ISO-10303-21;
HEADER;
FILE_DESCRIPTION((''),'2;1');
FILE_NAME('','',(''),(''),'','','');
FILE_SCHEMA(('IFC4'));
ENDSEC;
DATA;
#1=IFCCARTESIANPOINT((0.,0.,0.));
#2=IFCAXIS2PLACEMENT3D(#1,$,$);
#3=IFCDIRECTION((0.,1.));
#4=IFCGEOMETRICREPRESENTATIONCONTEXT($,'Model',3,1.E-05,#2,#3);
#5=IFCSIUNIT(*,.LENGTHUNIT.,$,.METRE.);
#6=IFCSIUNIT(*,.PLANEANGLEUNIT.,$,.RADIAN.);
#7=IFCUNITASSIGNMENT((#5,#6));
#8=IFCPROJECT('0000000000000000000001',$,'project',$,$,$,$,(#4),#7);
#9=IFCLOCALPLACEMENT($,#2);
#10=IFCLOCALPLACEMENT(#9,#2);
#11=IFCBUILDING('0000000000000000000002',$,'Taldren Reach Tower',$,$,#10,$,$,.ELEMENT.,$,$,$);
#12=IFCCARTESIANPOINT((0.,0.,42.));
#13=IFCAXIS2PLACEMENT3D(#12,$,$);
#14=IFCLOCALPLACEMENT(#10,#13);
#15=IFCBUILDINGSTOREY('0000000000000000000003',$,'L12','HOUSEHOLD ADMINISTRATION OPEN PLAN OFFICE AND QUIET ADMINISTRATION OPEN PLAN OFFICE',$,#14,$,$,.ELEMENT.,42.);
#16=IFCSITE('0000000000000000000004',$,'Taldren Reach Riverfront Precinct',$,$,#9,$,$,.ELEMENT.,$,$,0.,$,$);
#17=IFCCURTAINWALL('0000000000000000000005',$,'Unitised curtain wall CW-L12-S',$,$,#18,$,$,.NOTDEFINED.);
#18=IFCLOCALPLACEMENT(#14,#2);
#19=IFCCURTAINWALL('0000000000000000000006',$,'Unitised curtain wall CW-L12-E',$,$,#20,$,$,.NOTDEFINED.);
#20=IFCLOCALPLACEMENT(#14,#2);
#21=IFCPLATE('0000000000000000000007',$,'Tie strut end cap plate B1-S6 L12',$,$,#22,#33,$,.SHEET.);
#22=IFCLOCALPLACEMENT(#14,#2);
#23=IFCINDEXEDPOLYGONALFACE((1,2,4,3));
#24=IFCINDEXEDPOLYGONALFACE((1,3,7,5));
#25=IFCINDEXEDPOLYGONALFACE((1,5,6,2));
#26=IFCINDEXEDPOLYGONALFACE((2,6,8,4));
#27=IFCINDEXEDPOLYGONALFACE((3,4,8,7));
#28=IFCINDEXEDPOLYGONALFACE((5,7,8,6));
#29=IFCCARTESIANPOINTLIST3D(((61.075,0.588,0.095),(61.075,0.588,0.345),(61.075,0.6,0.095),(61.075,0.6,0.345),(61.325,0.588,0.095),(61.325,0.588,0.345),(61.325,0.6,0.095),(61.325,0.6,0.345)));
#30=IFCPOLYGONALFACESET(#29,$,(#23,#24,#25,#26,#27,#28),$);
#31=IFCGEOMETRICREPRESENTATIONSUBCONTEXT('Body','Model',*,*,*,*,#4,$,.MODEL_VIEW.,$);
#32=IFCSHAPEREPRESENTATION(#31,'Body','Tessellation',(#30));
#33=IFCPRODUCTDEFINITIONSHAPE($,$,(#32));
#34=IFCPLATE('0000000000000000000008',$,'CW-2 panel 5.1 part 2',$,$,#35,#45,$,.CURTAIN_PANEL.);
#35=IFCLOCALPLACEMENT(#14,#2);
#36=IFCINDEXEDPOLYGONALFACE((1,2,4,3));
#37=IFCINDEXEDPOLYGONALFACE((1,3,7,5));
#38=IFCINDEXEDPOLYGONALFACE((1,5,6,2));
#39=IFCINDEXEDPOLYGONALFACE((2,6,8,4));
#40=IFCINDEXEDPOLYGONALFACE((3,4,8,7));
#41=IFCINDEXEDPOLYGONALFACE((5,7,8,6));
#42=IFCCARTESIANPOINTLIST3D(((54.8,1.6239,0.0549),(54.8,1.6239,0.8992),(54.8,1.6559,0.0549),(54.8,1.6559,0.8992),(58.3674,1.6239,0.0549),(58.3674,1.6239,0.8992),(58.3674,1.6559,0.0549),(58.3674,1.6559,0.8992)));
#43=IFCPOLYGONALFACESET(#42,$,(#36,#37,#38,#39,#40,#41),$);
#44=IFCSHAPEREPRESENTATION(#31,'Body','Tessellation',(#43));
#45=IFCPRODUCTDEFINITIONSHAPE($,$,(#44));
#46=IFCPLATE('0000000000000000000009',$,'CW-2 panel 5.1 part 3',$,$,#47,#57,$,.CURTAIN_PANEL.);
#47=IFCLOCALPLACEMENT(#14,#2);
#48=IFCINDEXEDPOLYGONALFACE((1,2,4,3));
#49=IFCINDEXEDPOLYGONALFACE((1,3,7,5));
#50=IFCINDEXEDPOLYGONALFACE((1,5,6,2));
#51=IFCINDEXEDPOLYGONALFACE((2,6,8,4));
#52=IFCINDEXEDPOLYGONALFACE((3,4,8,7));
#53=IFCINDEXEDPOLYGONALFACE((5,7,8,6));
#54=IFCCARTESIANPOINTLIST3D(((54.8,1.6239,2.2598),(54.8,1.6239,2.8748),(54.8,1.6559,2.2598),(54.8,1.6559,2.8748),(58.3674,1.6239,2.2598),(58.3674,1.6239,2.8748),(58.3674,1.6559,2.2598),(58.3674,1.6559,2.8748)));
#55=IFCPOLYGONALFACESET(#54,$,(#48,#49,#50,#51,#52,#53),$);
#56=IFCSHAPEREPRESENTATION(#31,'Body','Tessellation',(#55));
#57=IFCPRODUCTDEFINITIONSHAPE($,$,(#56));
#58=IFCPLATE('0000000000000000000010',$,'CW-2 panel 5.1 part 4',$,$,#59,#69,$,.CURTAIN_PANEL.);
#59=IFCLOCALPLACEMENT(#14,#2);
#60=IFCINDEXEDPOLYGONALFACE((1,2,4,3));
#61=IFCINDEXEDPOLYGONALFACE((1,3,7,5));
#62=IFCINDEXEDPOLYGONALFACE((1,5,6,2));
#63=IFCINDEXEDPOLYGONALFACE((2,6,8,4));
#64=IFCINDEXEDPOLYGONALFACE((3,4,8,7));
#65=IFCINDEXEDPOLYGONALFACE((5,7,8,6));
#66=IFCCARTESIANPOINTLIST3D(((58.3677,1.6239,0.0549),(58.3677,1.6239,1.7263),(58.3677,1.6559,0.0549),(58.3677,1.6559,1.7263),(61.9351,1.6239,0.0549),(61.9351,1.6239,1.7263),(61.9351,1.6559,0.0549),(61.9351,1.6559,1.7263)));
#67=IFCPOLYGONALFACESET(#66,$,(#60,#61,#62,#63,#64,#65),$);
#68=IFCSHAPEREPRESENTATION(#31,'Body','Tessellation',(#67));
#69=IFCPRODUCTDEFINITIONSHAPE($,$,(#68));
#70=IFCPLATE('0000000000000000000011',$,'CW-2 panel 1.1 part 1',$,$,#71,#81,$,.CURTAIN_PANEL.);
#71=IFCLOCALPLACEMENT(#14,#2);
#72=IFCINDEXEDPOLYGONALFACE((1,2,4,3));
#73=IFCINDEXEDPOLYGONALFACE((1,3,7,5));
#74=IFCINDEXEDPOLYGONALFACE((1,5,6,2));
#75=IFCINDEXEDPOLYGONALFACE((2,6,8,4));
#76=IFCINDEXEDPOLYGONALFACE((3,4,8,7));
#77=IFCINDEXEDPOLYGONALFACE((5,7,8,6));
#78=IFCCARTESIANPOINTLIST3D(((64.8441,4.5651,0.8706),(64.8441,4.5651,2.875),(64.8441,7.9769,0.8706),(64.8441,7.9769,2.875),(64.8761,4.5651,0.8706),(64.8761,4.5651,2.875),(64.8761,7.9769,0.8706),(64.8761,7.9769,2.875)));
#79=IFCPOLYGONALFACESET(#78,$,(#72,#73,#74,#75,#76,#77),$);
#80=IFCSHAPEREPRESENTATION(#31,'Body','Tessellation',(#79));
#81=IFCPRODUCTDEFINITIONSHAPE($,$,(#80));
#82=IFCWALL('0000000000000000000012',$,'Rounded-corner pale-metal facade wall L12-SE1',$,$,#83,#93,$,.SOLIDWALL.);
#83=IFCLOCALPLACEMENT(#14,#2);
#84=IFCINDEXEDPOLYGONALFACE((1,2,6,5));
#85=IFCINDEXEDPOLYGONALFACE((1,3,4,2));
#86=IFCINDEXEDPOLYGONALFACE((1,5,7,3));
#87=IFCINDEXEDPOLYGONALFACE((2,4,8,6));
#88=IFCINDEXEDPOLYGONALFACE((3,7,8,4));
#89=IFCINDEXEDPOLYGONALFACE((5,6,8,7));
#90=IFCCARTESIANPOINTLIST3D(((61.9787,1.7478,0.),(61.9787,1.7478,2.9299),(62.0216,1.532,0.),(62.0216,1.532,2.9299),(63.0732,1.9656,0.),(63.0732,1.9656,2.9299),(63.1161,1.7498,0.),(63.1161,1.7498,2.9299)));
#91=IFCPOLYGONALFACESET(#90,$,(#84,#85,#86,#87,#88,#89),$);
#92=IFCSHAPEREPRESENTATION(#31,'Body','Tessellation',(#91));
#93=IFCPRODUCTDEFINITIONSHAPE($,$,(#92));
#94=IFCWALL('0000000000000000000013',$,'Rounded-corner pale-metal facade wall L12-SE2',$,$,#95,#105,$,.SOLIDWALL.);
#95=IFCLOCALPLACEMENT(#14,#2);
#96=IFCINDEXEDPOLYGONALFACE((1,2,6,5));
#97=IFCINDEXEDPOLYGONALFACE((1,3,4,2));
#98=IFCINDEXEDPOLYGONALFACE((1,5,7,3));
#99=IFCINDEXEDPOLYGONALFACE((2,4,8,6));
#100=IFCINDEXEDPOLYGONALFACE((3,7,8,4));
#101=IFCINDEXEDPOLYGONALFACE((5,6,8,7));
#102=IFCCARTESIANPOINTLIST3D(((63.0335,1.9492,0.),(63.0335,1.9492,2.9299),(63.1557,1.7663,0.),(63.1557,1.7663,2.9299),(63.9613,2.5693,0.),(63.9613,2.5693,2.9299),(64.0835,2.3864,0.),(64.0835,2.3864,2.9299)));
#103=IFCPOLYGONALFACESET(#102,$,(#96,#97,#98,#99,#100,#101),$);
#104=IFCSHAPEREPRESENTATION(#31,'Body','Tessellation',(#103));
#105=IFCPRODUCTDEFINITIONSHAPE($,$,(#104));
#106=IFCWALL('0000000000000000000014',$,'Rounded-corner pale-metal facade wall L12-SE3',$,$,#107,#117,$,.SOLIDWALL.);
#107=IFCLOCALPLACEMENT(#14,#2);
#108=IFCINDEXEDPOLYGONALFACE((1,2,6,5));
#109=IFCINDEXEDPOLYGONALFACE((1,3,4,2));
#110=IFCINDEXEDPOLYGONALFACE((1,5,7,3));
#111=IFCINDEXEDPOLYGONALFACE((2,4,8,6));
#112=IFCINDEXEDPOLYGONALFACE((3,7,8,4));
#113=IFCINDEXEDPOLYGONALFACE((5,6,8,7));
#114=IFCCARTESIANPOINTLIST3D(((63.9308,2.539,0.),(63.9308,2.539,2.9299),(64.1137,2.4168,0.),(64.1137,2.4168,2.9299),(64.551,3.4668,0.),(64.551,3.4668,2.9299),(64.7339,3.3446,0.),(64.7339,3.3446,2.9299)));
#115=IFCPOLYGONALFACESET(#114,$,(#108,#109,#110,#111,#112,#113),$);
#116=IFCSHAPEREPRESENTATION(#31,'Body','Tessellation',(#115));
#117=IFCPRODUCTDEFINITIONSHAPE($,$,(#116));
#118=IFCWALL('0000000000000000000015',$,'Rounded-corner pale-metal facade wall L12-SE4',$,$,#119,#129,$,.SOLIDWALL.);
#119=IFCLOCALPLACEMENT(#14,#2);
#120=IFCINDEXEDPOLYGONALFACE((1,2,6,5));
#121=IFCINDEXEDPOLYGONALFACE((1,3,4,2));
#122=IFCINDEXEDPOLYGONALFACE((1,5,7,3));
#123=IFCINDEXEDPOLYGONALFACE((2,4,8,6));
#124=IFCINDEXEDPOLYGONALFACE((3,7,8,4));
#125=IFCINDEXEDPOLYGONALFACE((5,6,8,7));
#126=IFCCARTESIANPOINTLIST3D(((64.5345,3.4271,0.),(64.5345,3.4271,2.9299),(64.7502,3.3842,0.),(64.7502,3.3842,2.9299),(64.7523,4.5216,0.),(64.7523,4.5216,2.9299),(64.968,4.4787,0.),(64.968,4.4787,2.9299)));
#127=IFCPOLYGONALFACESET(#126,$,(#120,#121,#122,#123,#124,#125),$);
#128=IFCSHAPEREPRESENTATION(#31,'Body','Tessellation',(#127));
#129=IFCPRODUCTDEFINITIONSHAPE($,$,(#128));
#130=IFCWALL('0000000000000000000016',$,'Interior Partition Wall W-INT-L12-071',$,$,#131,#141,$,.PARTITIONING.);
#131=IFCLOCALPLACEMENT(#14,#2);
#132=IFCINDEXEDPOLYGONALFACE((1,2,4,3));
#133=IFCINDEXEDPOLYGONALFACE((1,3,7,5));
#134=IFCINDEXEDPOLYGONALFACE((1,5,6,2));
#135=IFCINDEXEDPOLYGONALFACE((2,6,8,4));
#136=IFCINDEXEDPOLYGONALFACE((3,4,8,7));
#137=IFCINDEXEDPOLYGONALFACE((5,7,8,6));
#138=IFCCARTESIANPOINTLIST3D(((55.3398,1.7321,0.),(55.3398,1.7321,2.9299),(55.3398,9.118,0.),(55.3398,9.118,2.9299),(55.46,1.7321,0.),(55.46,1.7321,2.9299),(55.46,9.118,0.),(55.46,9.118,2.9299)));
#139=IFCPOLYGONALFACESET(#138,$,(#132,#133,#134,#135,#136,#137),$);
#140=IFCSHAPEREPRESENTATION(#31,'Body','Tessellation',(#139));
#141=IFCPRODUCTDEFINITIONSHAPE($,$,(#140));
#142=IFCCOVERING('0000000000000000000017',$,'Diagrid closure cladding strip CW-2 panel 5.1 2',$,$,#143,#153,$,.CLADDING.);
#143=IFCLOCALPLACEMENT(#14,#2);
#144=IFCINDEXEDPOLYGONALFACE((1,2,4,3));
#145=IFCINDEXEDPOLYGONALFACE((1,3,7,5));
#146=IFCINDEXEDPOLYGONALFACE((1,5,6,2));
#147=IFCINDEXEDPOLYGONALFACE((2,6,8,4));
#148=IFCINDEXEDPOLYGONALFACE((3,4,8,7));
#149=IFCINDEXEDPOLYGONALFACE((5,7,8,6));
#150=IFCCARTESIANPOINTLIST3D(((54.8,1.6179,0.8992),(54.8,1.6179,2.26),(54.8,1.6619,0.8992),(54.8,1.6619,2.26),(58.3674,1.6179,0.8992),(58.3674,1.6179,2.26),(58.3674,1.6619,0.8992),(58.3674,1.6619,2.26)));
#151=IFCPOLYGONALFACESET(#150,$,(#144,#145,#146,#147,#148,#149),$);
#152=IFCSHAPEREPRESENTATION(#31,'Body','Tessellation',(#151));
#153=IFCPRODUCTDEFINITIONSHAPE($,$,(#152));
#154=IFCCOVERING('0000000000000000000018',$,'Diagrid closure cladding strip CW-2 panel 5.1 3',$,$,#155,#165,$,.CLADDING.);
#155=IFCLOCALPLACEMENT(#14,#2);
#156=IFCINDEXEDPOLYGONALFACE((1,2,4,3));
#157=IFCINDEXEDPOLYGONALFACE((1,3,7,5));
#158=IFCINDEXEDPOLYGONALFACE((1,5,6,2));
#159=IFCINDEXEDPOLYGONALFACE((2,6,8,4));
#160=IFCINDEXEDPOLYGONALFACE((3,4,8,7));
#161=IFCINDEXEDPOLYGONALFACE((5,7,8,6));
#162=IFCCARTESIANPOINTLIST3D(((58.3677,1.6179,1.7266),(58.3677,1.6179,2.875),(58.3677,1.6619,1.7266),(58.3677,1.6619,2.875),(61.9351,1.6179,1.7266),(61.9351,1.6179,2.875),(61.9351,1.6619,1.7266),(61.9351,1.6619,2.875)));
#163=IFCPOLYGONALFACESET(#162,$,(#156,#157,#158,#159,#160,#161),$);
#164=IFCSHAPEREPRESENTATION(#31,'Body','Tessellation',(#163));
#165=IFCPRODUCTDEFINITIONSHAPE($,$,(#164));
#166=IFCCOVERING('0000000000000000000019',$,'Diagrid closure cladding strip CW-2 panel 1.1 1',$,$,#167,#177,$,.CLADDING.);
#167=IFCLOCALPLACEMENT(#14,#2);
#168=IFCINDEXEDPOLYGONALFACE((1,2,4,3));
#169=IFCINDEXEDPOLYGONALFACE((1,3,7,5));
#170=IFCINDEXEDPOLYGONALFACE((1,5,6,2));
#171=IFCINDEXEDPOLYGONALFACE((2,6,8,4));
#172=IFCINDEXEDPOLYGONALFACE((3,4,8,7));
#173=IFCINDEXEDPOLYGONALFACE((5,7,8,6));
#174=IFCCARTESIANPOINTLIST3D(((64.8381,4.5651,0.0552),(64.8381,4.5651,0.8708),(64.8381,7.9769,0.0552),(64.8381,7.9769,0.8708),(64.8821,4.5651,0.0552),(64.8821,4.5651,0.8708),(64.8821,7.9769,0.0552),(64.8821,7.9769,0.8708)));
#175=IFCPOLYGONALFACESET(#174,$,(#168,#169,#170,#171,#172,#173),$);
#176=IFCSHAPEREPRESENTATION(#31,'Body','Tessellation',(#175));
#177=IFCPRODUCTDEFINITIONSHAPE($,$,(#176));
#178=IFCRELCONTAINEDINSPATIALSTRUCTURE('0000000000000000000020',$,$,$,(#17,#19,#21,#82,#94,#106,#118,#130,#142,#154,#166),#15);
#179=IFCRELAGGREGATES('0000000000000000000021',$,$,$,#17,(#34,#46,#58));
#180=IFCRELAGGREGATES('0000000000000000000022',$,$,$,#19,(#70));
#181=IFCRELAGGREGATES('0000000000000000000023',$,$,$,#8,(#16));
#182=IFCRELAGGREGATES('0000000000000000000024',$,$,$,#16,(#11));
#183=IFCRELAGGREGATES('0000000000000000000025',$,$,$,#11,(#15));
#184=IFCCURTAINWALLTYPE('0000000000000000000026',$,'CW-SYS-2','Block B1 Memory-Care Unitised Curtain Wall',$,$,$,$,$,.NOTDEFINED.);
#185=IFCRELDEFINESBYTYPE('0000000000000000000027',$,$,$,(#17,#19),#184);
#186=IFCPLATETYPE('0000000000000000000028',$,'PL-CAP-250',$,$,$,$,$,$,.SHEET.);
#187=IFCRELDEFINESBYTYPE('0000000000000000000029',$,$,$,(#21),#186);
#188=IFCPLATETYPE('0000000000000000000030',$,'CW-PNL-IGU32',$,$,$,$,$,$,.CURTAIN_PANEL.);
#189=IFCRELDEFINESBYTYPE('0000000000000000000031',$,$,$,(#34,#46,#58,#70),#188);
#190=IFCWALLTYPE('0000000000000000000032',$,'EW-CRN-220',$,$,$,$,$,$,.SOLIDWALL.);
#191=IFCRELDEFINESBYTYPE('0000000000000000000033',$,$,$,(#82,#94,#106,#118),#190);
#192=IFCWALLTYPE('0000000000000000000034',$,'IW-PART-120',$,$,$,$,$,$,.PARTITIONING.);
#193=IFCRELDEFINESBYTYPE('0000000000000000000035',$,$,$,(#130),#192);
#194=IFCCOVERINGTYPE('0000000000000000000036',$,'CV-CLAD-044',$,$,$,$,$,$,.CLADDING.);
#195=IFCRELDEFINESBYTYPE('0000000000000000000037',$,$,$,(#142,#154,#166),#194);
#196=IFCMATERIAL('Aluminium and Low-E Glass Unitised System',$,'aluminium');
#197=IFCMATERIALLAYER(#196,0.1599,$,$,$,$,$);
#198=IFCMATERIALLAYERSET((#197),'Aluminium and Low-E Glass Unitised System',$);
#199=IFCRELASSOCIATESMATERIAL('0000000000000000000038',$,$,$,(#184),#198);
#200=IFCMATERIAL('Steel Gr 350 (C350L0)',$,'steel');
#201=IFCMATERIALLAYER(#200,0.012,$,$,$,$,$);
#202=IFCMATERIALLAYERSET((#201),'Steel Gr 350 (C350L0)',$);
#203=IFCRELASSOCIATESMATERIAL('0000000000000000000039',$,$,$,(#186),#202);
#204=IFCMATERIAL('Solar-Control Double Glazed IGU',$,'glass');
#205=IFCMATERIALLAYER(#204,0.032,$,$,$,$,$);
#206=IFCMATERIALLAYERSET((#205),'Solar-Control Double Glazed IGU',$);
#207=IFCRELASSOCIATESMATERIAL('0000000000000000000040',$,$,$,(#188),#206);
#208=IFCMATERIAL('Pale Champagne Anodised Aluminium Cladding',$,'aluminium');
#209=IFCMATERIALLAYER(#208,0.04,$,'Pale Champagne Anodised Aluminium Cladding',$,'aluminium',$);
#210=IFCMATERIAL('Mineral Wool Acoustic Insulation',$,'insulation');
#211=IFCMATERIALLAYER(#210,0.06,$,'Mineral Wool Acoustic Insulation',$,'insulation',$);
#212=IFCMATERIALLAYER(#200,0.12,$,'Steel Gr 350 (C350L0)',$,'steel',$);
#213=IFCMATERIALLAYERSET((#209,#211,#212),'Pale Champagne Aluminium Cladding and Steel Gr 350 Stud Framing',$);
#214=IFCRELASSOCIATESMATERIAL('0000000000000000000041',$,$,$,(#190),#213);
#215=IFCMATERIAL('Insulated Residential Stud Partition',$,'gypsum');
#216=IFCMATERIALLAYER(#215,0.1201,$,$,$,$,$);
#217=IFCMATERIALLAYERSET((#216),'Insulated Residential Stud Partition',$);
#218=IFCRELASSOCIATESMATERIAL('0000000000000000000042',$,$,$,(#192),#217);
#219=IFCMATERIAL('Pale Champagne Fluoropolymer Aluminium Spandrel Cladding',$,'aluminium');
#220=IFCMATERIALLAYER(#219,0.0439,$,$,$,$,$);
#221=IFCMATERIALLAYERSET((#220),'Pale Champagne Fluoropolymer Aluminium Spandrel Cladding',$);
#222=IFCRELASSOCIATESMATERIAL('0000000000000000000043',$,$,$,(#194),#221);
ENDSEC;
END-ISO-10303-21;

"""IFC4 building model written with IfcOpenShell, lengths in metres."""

from ifc_helpers import new_model, si_unit, direction, frame, frame_2d, origin, origin_2d, place, context, subcontext, project, spatial, rectangle, extrude, source, transform, mapped, material, layer, layer_set, type_object, element, aggregate, save


model = new_model("IFC4")

# Units and contexts
model_context = context("Model", 3, precision=1e-05, world=origin(), true_north=direction((0.0, 1.0)))
body_context = subcontext(model_context, "Body", "Model", "MODEL_VIEW")
ifc_project = project(units=[si_unit("LENGTHUNIT", "METRE"), si_unit("PLANEANGLEUNIT", "RADIAN")], contexts=[model_context])

# Site, building, storey
site_placement = place(None, origin())
site = spatial("IfcSite", under=ifc_project, at=site_placement, Name="Taldren Reach Riverfront Precinct", CompositionType="ELEMENT", RefElevation=0.0)
building_placement = place(site_placement, origin())
building = spatial("IfcBuilding", under=site, at=building_placement, Name="Taldren Reach Tower", CompositionType="ELEMENT")
storey_placement = place(building_placement, frame((0.0, 0.0, 42.0)))
storey = spatial("IfcBuildingStorey", under=building, at=storey_placement, Name="L12", Description="HOUSEHOLD ADMINISTRATION OPEN PLAN OFFICE AND QUIET ADMINISTRATION OPEN PLAN OFFICE", CompositionType="ELEMENT", Elevation=42.0)

# Shared definitions
ifc_material_1 = material(Name="Steel Gr 350 (C350L0)", Category="steel")

# Curtain wall
ifc_material_2 = material(Name="Aluminium and Low-E Glass Unitised System", Category="aluminium")
ifc_layer_1 = layer(ifc_material_2, 0.1599)
ifc_layer_set_1 = layer_set([ifc_layer_1], Name="Aluminium and Low-E Glass Unitised System")
curtain_wall_type = type_object("IfcCurtainWallType", Name="CW-SYS-2", Description="Block B1 Memory-Care Unitised Curtain Wall", PredefinedType="NOTDEFINED", material=ifc_layer_set_1)
curtain_wall_1_placement = place(storey_placement, origin())
curtain_wall_1 = element("IfcCurtainWall", 1, at=curtain_wall_1_placement, inside=storey, type_object=curtain_wall_type, Name="Unitised curtain wall CW-L12-S", PredefinedType="NOTDEFINED")

# Curtain wall
curtain_wall_2_placement = place(storey_placement, origin())
curtain_wall_2 = element("IfcCurtainWall", 2, at=curtain_wall_2_placement, inside=storey, type_object=curtain_wall_type, Name="Unitised curtain wall CW-L12-E", PredefinedType="NOTDEFINED")

# Plate
ifc_layer_2 = layer(ifc_material_1, 0.012)
ifc_layer_set_2 = layer_set([ifc_layer_2], Name="Steel Gr 350 (C350L0)")
plate_type_1 = type_object("IfcPlateType", Name="PL-CAP-250", PredefinedType="SHEET", material=ifc_layer_set_2)
shared_shape_1 = source(origin(), body_context, "Body", "SweptSolid", [
    extrude(rectangle(XDim=0.25, YDim=0.012, at=origin_2d()), origin(), (0.0, 0.0, 1.0), 0.25),
])
plate_1_placement = place(storey_placement, frame((61.2, 0.594, 0.095), z_axis=(0.0, 0.0, 1.0), x_axis=(1.0, 0.0, 0.0)))
element("IfcPlate", 3, at=plate_1_placement, inside=storey, type_object=plate_type_1, Name="Tie strut end cap plate B1-S6 L12", PredefinedType="SHEET", context=body_context, shape_type="MappedRepresentation", body=[
    mapped(shared_shape_1, transform((0.0, 0.0, 0.0), scale=1.0)),
])

# Plates
ifc_material_3 = material(Name="Solar-Control Double Glazed IGU", Category="glass")
ifc_layer_3 = layer(ifc_material_3, 0.032)
ifc_layer_set_3 = layer_set([ifc_layer_3], Name="Solar-Control Double Glazed IGU")
plate_type_2 = type_object("IfcPlateType", Name="CW-PNL-IGU32", PredefinedType="CURTAIN_PANEL", material=ifc_layer_set_3)
shared_shape_2 = source(origin(), body_context, "Body", "SweptSolid", [
    extrude(rectangle(XDim=3.5674, YDim=0.032, at=origin_2d()), origin(), (0.0, 0.0, 1.0), 0.8442),
])
plate_2_placement = place(storey_placement, frame((56.5837, 1.6399, 0.0549), z_axis=(0.0, 0.0, 1.0), x_axis=(1.0, 0.0, 0.0)))
plate_2 = element("IfcPlate", 4, at=plate_2_placement, type_object=plate_type_2, Name="CW-2 panel 5.1 part 2", PredefinedType="CURTAIN_PANEL", context=body_context, shape_type="MappedRepresentation", body=[
    mapped(shared_shape_2, transform((0.0, 0.0, 0.0), scale=1.0)),
])
shared_shape_3 = source(origin(), body_context, "Body", "SweptSolid", [
    extrude(rectangle(XDim=3.5674, YDim=0.032, at=origin_2d()), origin(), (0.0, 0.0, 1.0), 0.615),
])
plate_3_placement = place(storey_placement, frame((56.5837, 1.6399, 2.2598), z_axis=(0.0, 0.0, 1.0), x_axis=(1.0, 0.0, 0.0)))
plate_3 = element("IfcPlate", 5, at=plate_3_placement, type_object=plate_type_2, Name="CW-2 panel 5.1 part 3", PredefinedType="CURTAIN_PANEL", context=body_context, shape_type="MappedRepresentation", body=[
    mapped(shared_shape_3, transform((0.0, 0.0, 0.0), scale=1.0)),
])
shared_shape_4 = source(origin(), body_context, "Body", "SweptSolid", [
    extrude(rectangle(XDim=3.5674, YDim=0.032, at=origin_2d()), origin(), (0.0, 0.0, 1.0), 1.6714),
])
plate_4_placement = place(storey_placement, frame((60.1514, 1.6399, 0.0549), z_axis=(0.0, 0.0, 1.0), x_axis=(1.0, 0.0, 0.0)))
plate_4 = element("IfcPlate", 6, at=plate_4_placement, type_object=plate_type_2, Name="CW-2 panel 5.1 part 4", PredefinedType="CURTAIN_PANEL", context=body_context, shape_type="MappedRepresentation", body=[
    mapped(shared_shape_4, transform((0.0, 0.0, 0.0), scale=1.0)),
])
aggregate(curtain_wall_1, [plate_2, plate_3, plate_4])
shared_shape_5 = source(origin(), body_context, "Body", "SweptSolid", [
    extrude(rectangle(XDim=3.4119, YDim=0.032, at=origin_2d()), origin(), (0.0, 0.0, 1.0), 2.0044),
])
plate_5_placement = place(storey_placement, frame((64.8601, 6.271, 0.8706), z_axis=(0.0, 0.0, 1.0), x_axis=(0.0, 1.0, 0.0)))
plate_5 = element("IfcPlate", 7, at=plate_5_placement, type_object=plate_type_2, Name="CW-2 panel 1.1 part 1", PredefinedType="CURTAIN_PANEL", context=body_context, shape_type="MappedRepresentation", body=[
    mapped(shared_shape_5, transform((0.0, 0.0, 0.0), scale=1.0)),
])
aggregate(curtain_wall_2, [plate_5])

# Walls
ifc_material_4 = material(Name="Pale Champagne Anodised Aluminium Cladding", Category="aluminium")
ifc_layer_4 = layer(ifc_material_4, 0.04, Name="Pale Champagne Anodised Aluminium Cladding", Category="aluminium")
ifc_material_5 = material(Name="Mineral Wool Acoustic Insulation", Category="insulation")
ifc_layer_5 = layer(ifc_material_5, 0.06, Name="Mineral Wool Acoustic Insulation", Category="insulation")
ifc_layer_6 = layer(ifc_material_1, 0.12, Name="Steel Gr 350 (C350L0)", Category="steel")
ifc_layer_set_4 = layer_set([ifc_layer_4, ifc_layer_5, ifc_layer_6], Name="Pale Champagne Aluminium Cladding and Steel Gr 350 Stud Framing")
wall_type_1 = type_object("IfcWallType", Name="EW-CRN-220", PredefinedType="SOLIDWALL", material=ifc_layer_set_4)
shared_shape_6 = source(origin(), body_context, "Body", "SweptSolid", [
    extrude(rectangle(XDim=1.116, YDim=0.22, at=frame_2d((0.5581, 0.0))), origin(), (0.0, 0.0, 1.0), 2.9299),
])
for number, where, z_axis, x_axis, name in (
    (8, (62.0, 1.6399, 0.0), (0.0, 0.0, 1.0), (0.980774, 0.195148, 0.0), "Rounded-corner pale-metal facade wall L12-SE1"),
    (9, (63.0945, 1.8577, 0.0), (0.0, 0.0, 1.0), (0.831377, 0.55571, 0.0), "Rounded-corner pale-metal facade wall L12-SE2"),
    (10, (64.0222, 2.4778, 0.0), (0.0, 0.0, 1.0), (0.55571, 0.831377, 0.0), "Rounded-corner pale-metal facade wall L12-SE3"),
    (11, (64.6423, 3.4055, 0.0), (0.0, 0.0, 1.0), (0.195148, 0.980774, 0.0), "Rounded-corner pale-metal facade wall L12-SE4"),
):
    element("IfcWall", number, at=place(storey_placement, frame(where, z_axis=z_axis, x_axis=x_axis)), inside=storey, type_object=wall_type_1, Name=name, PredefinedType="SOLIDWALL", context=body_context, shape_type="MappedRepresentation", body=[
        mapped(shared_shape_6, transform((0.0, 0.0, 0.0), scale=1.0)),
    ])
ifc_material_6 = material(Name="Insulated Residential Stud Partition", Category="gypsum")
ifc_layer_7 = layer(ifc_material_6, 0.1201)
ifc_layer_set_5 = layer_set([ifc_layer_7], Name="Insulated Residential Stud Partition")
wall_type_2 = type_object("IfcWallType", Name="IW-PART-120", PredefinedType="PARTITIONING", material=ifc_layer_set_5)
shared_shape_7 = source(origin(), body_context, "Body", "SweptSolid", [
    extrude(rectangle(XDim=7.386, YDim=0.1201, at=frame_2d((3.6929, 0.0))), origin(), (0.0, 0.0, 1.0), 2.9299),
])
wall_placement = place(storey_placement, frame((55.3999, 9.1179, 0.0), z_axis=(0.0, 0.0, 1.0), x_axis=(0.0, -1.0, 0.0)))
element("IfcWall", 12, at=wall_placement, inside=storey, type_object=wall_type_2, Name="Interior Partition Wall W-INT-L12-071", PredefinedType="PARTITIONING", context=body_context, shape_type="MappedRepresentation", body=[
    mapped(shared_shape_7, transform((0.0, 0.0, 0.0), scale=1.0)),
])

# Coverings
ifc_material_7 = material(Name="Pale Champagne Fluoropolymer Aluminium Spandrel Cladding", Category="aluminium")
ifc_layer_8 = layer(ifc_material_7, 0.0439)
ifc_layer_set_6 = layer_set([ifc_layer_8], Name="Pale Champagne Fluoropolymer Aluminium Spandrel Cladding")
covering_type = type_object("IfcCoveringType", Name="CV-CLAD-044", PredefinedType="CLADDING", material=ifc_layer_set_6)
shared_shape_8 = source(origin(), body_context, "Body", "SweptSolid", [
    extrude(rectangle(XDim=3.5674, YDim=0.0439, at=origin_2d()), origin(), (0.0, 0.0, 1.0), 1.3608),
])
covering_1_placement = place(storey_placement, frame((56.5837, 1.6399, 0.8992), z_axis=(0.0, 0.0, 1.0), x_axis=(1.0, 0.0, 0.0)))
element("IfcCovering", 13, at=covering_1_placement, inside=storey, type_object=covering_type, Name="Diagrid closure cladding strip CW-2 panel 5.1 2", PredefinedType="CLADDING", context=body_context, shape_type="MappedRepresentation", body=[
    mapped(shared_shape_8, transform((0.0, 0.0, 0.0), scale=1.0)),
])
shared_shape_9 = source(origin(), body_context, "Body", "SweptSolid", [
    extrude(rectangle(XDim=3.5674, YDim=0.0439, at=origin_2d()), origin(), (0.0, 0.0, 1.0), 1.1484),
])
covering_2_placement = place(storey_placement, frame((60.1514, 1.6399, 1.7266), z_axis=(0.0, 0.0, 1.0), x_axis=(1.0, 0.0, 0.0)))
element("IfcCovering", 14, at=covering_2_placement, inside=storey, type_object=covering_type, Name="Diagrid closure cladding strip CW-2 panel 5.1 3", PredefinedType="CLADDING", context=body_context, shape_type="MappedRepresentation", body=[
    mapped(shared_shape_9, transform((0.0, 0.0, 0.0), scale=1.0)),
])
shared_shape_10 = source(origin(), body_context, "Body", "SweptSolid", [
    extrude(rectangle(XDim=3.4119, YDim=0.0439, at=origin_2d()), origin(), (0.0, 0.0, 1.0), 0.8157),
])
covering_3_placement = place(storey_placement, frame((64.8601, 6.271, 0.0552), z_axis=(0.0, 0.0, 1.0), x_axis=(0.0, 1.0, 0.0)))
element("IfcCovering", 15, at=covering_3_placement, inside=storey, type_object=covering_type, Name="Diagrid closure cladding strip CW-2 panel 1.1 1", PredefinedType="CLADDING", context=body_context, shape_type="MappedRepresentation", body=[
    mapped(shared_shape_10, transform((0.0, 0.0, 0.0), scale=1.0)),
])

save(model, "model.ifc")
